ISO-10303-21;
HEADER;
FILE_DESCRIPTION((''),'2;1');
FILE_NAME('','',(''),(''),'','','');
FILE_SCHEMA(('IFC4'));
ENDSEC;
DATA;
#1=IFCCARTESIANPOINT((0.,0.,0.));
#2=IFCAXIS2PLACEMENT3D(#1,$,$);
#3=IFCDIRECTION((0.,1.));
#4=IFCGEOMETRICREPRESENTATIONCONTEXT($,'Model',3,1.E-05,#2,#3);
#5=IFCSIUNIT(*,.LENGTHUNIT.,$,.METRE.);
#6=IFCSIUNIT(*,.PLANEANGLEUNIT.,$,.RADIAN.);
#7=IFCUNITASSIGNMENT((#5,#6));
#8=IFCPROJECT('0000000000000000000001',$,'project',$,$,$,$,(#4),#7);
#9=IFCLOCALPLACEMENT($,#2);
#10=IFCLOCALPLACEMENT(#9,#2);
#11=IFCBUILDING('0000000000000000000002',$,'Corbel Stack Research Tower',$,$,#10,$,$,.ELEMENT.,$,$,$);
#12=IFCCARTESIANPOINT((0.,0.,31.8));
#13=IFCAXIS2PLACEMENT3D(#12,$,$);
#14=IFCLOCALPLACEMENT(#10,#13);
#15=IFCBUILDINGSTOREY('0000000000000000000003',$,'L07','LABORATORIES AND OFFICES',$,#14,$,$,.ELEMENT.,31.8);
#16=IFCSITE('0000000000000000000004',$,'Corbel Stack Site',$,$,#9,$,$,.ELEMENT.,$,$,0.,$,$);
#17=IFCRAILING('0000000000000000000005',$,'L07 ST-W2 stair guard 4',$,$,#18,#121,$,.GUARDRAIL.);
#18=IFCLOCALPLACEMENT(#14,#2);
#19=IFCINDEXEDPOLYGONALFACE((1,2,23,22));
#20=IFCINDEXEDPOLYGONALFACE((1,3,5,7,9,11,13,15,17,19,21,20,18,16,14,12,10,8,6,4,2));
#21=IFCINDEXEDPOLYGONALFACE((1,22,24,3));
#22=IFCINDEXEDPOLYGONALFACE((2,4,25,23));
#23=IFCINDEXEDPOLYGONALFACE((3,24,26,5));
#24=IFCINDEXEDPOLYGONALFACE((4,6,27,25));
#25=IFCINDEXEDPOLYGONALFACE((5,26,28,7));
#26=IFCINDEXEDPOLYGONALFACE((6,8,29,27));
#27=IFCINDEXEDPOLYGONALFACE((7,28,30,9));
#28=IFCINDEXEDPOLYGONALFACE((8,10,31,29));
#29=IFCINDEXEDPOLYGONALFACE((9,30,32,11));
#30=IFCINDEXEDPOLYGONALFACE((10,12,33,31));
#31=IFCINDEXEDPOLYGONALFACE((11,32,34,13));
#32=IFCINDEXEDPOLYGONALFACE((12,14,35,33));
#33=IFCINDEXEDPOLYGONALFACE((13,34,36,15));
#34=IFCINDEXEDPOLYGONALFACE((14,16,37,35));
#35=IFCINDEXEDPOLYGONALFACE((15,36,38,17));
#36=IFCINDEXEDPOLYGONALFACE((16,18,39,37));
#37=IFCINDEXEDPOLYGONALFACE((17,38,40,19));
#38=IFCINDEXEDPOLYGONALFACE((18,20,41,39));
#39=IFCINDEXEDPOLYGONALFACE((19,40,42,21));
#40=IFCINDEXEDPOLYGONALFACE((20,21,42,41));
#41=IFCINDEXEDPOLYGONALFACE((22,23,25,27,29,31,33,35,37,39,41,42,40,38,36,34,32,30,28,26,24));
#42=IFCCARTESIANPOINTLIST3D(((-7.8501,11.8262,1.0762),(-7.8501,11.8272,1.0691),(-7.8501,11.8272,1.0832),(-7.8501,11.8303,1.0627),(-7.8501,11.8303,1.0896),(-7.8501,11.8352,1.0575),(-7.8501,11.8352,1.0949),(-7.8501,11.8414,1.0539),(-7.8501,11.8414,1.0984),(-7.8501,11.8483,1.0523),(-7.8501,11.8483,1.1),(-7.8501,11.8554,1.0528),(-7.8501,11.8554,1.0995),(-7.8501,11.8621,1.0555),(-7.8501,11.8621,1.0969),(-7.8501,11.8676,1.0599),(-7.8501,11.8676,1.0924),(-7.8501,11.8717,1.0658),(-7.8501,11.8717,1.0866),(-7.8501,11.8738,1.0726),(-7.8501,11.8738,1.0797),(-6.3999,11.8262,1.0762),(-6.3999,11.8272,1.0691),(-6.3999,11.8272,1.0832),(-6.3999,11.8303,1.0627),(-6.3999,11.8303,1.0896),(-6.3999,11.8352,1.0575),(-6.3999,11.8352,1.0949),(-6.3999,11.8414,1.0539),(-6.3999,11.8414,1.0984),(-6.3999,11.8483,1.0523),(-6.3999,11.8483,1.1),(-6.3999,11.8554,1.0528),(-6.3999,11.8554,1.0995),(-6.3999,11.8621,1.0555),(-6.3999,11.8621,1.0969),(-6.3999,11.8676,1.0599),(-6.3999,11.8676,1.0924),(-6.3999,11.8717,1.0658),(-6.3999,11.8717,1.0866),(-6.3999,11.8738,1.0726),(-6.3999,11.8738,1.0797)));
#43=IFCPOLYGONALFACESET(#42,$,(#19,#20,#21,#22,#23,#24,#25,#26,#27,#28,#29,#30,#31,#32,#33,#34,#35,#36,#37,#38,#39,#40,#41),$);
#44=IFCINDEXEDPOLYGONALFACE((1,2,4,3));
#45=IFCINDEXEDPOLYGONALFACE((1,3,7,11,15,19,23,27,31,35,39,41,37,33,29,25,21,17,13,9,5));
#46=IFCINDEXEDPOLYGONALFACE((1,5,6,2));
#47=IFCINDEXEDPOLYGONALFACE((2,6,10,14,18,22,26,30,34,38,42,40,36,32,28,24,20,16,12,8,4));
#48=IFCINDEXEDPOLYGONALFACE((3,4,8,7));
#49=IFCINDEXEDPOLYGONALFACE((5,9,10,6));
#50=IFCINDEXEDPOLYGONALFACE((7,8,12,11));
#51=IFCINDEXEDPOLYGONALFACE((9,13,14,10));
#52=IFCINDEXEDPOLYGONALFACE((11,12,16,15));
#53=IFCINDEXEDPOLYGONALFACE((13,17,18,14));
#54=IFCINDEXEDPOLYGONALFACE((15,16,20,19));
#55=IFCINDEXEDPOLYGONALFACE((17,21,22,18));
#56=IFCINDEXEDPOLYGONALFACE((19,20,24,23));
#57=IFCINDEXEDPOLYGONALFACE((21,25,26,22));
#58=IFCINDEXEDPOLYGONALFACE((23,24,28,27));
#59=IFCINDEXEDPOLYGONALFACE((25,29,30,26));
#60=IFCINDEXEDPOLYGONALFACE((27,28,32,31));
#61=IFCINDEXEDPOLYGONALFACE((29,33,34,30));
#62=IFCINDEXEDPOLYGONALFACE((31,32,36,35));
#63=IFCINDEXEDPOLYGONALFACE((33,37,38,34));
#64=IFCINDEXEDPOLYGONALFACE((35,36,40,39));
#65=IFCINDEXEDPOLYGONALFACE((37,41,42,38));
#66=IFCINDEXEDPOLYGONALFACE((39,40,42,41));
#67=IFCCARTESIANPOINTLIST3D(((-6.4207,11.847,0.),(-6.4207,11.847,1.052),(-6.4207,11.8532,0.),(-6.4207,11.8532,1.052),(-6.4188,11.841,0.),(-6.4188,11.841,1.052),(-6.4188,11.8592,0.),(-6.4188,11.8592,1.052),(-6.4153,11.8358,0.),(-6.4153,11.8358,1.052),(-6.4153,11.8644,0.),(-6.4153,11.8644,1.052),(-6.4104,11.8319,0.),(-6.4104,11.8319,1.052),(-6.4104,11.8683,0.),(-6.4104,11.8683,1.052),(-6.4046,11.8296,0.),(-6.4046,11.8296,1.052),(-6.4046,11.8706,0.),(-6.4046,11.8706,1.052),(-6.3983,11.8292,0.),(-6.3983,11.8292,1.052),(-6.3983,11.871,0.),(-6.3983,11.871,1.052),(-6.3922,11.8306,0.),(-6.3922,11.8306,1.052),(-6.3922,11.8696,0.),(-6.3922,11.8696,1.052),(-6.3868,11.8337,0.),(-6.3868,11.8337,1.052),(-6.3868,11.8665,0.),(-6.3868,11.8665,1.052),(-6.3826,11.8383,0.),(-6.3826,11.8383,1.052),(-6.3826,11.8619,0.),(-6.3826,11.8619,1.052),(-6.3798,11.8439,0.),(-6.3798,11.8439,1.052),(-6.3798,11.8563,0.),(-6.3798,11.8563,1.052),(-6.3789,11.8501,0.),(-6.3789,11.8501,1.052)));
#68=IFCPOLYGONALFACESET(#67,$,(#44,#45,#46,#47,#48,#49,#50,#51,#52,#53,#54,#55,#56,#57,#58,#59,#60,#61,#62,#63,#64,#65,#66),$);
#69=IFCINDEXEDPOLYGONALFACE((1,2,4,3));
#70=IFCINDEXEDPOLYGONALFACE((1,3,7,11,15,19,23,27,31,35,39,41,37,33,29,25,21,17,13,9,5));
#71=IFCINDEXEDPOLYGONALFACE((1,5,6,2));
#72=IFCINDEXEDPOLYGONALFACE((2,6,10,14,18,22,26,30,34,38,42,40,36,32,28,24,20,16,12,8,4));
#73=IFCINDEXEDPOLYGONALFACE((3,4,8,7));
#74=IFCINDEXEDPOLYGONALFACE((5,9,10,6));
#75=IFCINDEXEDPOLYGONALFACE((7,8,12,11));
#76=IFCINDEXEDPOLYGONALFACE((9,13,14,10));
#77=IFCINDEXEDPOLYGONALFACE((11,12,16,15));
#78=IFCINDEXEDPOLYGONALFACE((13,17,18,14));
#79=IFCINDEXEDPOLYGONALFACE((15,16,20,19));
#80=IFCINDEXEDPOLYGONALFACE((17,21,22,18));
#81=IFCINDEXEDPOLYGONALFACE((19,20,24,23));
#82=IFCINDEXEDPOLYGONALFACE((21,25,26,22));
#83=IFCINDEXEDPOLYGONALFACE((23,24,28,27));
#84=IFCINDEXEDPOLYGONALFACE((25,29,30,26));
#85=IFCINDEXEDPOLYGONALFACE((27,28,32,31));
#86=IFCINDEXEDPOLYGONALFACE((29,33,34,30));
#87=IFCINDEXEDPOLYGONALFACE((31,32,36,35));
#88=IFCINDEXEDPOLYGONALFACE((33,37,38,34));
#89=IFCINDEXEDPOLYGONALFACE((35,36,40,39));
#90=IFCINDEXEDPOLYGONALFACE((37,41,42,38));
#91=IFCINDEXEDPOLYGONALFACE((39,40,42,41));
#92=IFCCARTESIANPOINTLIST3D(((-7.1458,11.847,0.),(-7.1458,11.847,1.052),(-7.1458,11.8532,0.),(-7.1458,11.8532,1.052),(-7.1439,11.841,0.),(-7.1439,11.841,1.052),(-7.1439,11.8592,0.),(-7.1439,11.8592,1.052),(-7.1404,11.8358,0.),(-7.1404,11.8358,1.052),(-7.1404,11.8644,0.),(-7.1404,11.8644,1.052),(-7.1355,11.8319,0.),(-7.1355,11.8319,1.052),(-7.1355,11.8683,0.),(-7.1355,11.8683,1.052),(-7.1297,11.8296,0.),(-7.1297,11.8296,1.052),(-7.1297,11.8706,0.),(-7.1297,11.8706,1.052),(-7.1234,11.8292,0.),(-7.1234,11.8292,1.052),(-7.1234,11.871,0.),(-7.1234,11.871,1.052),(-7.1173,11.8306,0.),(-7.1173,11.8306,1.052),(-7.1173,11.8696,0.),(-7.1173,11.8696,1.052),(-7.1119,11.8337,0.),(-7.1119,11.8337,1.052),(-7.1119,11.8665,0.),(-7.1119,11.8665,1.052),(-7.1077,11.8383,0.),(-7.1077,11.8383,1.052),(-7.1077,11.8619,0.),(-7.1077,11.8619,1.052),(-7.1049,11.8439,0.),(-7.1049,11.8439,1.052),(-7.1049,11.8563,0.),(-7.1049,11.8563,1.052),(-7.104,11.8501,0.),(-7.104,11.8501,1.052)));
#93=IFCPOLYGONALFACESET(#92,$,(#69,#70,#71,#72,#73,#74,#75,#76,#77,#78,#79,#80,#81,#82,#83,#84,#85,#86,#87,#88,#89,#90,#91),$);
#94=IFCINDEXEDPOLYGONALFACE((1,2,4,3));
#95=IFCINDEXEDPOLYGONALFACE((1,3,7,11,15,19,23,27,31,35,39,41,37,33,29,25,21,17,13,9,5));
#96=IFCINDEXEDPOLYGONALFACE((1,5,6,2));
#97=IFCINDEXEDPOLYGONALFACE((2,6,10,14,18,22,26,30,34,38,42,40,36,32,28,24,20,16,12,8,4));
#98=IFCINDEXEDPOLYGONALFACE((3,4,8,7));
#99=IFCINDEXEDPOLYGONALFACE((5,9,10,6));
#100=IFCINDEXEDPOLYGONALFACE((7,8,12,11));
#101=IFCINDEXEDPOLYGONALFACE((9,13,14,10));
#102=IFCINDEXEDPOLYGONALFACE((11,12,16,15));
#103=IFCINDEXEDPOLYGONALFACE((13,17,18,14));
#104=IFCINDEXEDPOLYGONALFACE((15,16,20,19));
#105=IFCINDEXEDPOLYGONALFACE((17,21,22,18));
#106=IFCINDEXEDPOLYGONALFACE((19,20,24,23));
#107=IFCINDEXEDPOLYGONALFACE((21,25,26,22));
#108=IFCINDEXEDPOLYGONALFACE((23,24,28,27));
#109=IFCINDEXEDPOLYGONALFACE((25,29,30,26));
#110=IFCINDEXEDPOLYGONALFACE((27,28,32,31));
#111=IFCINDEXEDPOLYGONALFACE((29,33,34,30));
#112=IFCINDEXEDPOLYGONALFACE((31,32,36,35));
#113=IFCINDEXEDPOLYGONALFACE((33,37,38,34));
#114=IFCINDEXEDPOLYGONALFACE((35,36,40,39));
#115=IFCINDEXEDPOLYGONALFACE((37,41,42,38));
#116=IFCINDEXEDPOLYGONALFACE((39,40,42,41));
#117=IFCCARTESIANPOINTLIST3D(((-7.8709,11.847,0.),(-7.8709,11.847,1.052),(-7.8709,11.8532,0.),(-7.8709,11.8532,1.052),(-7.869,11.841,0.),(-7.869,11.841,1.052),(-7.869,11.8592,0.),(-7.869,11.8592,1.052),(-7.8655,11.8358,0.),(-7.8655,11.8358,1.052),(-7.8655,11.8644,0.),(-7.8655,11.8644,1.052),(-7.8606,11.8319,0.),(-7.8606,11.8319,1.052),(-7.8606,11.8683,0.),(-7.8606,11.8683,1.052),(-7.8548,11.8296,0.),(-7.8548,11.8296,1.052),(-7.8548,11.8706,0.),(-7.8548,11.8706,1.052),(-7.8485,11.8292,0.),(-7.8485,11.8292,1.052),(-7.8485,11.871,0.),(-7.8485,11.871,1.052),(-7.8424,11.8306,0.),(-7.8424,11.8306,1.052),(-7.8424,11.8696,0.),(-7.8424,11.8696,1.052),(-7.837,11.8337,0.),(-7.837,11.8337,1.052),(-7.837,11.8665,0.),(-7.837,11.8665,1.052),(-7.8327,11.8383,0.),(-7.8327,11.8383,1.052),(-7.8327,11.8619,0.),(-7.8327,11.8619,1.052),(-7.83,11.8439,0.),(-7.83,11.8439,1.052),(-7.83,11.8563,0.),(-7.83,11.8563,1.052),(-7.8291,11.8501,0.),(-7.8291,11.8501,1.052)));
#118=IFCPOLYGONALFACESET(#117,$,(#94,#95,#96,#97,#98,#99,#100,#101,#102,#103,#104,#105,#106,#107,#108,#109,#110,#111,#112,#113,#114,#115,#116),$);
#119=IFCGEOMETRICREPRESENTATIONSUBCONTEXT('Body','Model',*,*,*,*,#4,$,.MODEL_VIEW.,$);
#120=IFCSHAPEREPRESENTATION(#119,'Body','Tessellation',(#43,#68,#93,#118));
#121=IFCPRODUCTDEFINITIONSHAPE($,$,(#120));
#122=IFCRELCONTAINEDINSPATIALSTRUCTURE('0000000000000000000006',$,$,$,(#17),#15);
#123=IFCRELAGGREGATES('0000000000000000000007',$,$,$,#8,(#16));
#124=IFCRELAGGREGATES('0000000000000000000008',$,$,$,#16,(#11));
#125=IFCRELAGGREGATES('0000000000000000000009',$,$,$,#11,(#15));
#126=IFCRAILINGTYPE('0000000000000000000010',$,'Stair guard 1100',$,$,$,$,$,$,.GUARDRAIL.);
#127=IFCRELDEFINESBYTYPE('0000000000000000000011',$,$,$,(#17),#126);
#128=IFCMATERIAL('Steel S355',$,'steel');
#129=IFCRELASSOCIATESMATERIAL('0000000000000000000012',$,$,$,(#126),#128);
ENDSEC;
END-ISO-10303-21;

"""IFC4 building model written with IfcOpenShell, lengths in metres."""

from ifc_helpers import new_model, si_unit, direction, frame, origin, origin_2d, place, context, subcontext, project, spatial, circle, extrude, material, type_object, element, save


model = new_model("IFC4")

# Units and contexts
model_context = context("Model", 3, precision=1e-05, world=origin(), true_north=direction((0.0, 1.0)))
body_context = subcontext(model_context, "Body", "Model", "MODEL_VIEW")
ifc_project = project(units=[si_unit("LENGTHUNIT", "METRE"), si_unit("PLANEANGLEUNIT", "RADIAN")], contexts=[model_context])

# Site, building, storey
site_placement = place(None, origin())
site = spatial("IfcSite", under=ifc_project, at=site_placement, Name="Corbel Stack Site", CompositionType="ELEMENT", RefElevation=0.0)
building_placement = place(site_placement, origin())
building = spatial("IfcBuilding", under=site, at=building_placement, Name="Corbel Stack Research Tower", CompositionType="ELEMENT")
storey_placement = place(building_placement, frame((0.0, 0.0, 31.8)))
storey = spatial("IfcBuildingStorey", under=building, at=storey_placement, Name="L07", Description="LABORATORIES AND OFFICES", CompositionType="ELEMENT", Elevation=31.8)

# Railing
ifc_material_1 = material(Name="Steel S355", Category="steel")
railing_type = type_object("IfcRailingType", Name="Stair guard 1100", PredefinedType="GUARDRAIL", material=ifc_material_1)
railing_1_placement = place(storey_placement, frame((-6.3999, 11.8501, 0.0)))
element("IfcRailing", 1, at=railing_1_placement, inside=storey, type_object=railing_type, Name="L07 ST-W2 stair guard 4", PredefinedType="GUARDRAIL", context=body_context, shape_type="SweptSolid", body=[
    extrude(circle(Radius=0.0239, at=origin_2d()), frame((0.0, 0.0, 1.0762), z_axis=(-1.0, 0.0, 0.0), x_axis=(0.0, -1.0, 0.0)), (0.0, 0.0, 1.0), 1.4502),
    extrude(circle(Radius=0.021, at=origin_2d()), origin(), (0.0, 0.0, 1.0), 1.052),
    extrude(circle(Radius=0.021, at=origin_2d()), frame((-0.7251, 0.0, 0.0)), (0.0, 0.0, 1.0), 1.052),
    extrude(circle(Radius=0.021, at=origin_2d()), frame((-1.4502, 0.0, 0.0)), (0.0, 0.0, 1.0), 1.052),
])

save(model, "model.ifc")
